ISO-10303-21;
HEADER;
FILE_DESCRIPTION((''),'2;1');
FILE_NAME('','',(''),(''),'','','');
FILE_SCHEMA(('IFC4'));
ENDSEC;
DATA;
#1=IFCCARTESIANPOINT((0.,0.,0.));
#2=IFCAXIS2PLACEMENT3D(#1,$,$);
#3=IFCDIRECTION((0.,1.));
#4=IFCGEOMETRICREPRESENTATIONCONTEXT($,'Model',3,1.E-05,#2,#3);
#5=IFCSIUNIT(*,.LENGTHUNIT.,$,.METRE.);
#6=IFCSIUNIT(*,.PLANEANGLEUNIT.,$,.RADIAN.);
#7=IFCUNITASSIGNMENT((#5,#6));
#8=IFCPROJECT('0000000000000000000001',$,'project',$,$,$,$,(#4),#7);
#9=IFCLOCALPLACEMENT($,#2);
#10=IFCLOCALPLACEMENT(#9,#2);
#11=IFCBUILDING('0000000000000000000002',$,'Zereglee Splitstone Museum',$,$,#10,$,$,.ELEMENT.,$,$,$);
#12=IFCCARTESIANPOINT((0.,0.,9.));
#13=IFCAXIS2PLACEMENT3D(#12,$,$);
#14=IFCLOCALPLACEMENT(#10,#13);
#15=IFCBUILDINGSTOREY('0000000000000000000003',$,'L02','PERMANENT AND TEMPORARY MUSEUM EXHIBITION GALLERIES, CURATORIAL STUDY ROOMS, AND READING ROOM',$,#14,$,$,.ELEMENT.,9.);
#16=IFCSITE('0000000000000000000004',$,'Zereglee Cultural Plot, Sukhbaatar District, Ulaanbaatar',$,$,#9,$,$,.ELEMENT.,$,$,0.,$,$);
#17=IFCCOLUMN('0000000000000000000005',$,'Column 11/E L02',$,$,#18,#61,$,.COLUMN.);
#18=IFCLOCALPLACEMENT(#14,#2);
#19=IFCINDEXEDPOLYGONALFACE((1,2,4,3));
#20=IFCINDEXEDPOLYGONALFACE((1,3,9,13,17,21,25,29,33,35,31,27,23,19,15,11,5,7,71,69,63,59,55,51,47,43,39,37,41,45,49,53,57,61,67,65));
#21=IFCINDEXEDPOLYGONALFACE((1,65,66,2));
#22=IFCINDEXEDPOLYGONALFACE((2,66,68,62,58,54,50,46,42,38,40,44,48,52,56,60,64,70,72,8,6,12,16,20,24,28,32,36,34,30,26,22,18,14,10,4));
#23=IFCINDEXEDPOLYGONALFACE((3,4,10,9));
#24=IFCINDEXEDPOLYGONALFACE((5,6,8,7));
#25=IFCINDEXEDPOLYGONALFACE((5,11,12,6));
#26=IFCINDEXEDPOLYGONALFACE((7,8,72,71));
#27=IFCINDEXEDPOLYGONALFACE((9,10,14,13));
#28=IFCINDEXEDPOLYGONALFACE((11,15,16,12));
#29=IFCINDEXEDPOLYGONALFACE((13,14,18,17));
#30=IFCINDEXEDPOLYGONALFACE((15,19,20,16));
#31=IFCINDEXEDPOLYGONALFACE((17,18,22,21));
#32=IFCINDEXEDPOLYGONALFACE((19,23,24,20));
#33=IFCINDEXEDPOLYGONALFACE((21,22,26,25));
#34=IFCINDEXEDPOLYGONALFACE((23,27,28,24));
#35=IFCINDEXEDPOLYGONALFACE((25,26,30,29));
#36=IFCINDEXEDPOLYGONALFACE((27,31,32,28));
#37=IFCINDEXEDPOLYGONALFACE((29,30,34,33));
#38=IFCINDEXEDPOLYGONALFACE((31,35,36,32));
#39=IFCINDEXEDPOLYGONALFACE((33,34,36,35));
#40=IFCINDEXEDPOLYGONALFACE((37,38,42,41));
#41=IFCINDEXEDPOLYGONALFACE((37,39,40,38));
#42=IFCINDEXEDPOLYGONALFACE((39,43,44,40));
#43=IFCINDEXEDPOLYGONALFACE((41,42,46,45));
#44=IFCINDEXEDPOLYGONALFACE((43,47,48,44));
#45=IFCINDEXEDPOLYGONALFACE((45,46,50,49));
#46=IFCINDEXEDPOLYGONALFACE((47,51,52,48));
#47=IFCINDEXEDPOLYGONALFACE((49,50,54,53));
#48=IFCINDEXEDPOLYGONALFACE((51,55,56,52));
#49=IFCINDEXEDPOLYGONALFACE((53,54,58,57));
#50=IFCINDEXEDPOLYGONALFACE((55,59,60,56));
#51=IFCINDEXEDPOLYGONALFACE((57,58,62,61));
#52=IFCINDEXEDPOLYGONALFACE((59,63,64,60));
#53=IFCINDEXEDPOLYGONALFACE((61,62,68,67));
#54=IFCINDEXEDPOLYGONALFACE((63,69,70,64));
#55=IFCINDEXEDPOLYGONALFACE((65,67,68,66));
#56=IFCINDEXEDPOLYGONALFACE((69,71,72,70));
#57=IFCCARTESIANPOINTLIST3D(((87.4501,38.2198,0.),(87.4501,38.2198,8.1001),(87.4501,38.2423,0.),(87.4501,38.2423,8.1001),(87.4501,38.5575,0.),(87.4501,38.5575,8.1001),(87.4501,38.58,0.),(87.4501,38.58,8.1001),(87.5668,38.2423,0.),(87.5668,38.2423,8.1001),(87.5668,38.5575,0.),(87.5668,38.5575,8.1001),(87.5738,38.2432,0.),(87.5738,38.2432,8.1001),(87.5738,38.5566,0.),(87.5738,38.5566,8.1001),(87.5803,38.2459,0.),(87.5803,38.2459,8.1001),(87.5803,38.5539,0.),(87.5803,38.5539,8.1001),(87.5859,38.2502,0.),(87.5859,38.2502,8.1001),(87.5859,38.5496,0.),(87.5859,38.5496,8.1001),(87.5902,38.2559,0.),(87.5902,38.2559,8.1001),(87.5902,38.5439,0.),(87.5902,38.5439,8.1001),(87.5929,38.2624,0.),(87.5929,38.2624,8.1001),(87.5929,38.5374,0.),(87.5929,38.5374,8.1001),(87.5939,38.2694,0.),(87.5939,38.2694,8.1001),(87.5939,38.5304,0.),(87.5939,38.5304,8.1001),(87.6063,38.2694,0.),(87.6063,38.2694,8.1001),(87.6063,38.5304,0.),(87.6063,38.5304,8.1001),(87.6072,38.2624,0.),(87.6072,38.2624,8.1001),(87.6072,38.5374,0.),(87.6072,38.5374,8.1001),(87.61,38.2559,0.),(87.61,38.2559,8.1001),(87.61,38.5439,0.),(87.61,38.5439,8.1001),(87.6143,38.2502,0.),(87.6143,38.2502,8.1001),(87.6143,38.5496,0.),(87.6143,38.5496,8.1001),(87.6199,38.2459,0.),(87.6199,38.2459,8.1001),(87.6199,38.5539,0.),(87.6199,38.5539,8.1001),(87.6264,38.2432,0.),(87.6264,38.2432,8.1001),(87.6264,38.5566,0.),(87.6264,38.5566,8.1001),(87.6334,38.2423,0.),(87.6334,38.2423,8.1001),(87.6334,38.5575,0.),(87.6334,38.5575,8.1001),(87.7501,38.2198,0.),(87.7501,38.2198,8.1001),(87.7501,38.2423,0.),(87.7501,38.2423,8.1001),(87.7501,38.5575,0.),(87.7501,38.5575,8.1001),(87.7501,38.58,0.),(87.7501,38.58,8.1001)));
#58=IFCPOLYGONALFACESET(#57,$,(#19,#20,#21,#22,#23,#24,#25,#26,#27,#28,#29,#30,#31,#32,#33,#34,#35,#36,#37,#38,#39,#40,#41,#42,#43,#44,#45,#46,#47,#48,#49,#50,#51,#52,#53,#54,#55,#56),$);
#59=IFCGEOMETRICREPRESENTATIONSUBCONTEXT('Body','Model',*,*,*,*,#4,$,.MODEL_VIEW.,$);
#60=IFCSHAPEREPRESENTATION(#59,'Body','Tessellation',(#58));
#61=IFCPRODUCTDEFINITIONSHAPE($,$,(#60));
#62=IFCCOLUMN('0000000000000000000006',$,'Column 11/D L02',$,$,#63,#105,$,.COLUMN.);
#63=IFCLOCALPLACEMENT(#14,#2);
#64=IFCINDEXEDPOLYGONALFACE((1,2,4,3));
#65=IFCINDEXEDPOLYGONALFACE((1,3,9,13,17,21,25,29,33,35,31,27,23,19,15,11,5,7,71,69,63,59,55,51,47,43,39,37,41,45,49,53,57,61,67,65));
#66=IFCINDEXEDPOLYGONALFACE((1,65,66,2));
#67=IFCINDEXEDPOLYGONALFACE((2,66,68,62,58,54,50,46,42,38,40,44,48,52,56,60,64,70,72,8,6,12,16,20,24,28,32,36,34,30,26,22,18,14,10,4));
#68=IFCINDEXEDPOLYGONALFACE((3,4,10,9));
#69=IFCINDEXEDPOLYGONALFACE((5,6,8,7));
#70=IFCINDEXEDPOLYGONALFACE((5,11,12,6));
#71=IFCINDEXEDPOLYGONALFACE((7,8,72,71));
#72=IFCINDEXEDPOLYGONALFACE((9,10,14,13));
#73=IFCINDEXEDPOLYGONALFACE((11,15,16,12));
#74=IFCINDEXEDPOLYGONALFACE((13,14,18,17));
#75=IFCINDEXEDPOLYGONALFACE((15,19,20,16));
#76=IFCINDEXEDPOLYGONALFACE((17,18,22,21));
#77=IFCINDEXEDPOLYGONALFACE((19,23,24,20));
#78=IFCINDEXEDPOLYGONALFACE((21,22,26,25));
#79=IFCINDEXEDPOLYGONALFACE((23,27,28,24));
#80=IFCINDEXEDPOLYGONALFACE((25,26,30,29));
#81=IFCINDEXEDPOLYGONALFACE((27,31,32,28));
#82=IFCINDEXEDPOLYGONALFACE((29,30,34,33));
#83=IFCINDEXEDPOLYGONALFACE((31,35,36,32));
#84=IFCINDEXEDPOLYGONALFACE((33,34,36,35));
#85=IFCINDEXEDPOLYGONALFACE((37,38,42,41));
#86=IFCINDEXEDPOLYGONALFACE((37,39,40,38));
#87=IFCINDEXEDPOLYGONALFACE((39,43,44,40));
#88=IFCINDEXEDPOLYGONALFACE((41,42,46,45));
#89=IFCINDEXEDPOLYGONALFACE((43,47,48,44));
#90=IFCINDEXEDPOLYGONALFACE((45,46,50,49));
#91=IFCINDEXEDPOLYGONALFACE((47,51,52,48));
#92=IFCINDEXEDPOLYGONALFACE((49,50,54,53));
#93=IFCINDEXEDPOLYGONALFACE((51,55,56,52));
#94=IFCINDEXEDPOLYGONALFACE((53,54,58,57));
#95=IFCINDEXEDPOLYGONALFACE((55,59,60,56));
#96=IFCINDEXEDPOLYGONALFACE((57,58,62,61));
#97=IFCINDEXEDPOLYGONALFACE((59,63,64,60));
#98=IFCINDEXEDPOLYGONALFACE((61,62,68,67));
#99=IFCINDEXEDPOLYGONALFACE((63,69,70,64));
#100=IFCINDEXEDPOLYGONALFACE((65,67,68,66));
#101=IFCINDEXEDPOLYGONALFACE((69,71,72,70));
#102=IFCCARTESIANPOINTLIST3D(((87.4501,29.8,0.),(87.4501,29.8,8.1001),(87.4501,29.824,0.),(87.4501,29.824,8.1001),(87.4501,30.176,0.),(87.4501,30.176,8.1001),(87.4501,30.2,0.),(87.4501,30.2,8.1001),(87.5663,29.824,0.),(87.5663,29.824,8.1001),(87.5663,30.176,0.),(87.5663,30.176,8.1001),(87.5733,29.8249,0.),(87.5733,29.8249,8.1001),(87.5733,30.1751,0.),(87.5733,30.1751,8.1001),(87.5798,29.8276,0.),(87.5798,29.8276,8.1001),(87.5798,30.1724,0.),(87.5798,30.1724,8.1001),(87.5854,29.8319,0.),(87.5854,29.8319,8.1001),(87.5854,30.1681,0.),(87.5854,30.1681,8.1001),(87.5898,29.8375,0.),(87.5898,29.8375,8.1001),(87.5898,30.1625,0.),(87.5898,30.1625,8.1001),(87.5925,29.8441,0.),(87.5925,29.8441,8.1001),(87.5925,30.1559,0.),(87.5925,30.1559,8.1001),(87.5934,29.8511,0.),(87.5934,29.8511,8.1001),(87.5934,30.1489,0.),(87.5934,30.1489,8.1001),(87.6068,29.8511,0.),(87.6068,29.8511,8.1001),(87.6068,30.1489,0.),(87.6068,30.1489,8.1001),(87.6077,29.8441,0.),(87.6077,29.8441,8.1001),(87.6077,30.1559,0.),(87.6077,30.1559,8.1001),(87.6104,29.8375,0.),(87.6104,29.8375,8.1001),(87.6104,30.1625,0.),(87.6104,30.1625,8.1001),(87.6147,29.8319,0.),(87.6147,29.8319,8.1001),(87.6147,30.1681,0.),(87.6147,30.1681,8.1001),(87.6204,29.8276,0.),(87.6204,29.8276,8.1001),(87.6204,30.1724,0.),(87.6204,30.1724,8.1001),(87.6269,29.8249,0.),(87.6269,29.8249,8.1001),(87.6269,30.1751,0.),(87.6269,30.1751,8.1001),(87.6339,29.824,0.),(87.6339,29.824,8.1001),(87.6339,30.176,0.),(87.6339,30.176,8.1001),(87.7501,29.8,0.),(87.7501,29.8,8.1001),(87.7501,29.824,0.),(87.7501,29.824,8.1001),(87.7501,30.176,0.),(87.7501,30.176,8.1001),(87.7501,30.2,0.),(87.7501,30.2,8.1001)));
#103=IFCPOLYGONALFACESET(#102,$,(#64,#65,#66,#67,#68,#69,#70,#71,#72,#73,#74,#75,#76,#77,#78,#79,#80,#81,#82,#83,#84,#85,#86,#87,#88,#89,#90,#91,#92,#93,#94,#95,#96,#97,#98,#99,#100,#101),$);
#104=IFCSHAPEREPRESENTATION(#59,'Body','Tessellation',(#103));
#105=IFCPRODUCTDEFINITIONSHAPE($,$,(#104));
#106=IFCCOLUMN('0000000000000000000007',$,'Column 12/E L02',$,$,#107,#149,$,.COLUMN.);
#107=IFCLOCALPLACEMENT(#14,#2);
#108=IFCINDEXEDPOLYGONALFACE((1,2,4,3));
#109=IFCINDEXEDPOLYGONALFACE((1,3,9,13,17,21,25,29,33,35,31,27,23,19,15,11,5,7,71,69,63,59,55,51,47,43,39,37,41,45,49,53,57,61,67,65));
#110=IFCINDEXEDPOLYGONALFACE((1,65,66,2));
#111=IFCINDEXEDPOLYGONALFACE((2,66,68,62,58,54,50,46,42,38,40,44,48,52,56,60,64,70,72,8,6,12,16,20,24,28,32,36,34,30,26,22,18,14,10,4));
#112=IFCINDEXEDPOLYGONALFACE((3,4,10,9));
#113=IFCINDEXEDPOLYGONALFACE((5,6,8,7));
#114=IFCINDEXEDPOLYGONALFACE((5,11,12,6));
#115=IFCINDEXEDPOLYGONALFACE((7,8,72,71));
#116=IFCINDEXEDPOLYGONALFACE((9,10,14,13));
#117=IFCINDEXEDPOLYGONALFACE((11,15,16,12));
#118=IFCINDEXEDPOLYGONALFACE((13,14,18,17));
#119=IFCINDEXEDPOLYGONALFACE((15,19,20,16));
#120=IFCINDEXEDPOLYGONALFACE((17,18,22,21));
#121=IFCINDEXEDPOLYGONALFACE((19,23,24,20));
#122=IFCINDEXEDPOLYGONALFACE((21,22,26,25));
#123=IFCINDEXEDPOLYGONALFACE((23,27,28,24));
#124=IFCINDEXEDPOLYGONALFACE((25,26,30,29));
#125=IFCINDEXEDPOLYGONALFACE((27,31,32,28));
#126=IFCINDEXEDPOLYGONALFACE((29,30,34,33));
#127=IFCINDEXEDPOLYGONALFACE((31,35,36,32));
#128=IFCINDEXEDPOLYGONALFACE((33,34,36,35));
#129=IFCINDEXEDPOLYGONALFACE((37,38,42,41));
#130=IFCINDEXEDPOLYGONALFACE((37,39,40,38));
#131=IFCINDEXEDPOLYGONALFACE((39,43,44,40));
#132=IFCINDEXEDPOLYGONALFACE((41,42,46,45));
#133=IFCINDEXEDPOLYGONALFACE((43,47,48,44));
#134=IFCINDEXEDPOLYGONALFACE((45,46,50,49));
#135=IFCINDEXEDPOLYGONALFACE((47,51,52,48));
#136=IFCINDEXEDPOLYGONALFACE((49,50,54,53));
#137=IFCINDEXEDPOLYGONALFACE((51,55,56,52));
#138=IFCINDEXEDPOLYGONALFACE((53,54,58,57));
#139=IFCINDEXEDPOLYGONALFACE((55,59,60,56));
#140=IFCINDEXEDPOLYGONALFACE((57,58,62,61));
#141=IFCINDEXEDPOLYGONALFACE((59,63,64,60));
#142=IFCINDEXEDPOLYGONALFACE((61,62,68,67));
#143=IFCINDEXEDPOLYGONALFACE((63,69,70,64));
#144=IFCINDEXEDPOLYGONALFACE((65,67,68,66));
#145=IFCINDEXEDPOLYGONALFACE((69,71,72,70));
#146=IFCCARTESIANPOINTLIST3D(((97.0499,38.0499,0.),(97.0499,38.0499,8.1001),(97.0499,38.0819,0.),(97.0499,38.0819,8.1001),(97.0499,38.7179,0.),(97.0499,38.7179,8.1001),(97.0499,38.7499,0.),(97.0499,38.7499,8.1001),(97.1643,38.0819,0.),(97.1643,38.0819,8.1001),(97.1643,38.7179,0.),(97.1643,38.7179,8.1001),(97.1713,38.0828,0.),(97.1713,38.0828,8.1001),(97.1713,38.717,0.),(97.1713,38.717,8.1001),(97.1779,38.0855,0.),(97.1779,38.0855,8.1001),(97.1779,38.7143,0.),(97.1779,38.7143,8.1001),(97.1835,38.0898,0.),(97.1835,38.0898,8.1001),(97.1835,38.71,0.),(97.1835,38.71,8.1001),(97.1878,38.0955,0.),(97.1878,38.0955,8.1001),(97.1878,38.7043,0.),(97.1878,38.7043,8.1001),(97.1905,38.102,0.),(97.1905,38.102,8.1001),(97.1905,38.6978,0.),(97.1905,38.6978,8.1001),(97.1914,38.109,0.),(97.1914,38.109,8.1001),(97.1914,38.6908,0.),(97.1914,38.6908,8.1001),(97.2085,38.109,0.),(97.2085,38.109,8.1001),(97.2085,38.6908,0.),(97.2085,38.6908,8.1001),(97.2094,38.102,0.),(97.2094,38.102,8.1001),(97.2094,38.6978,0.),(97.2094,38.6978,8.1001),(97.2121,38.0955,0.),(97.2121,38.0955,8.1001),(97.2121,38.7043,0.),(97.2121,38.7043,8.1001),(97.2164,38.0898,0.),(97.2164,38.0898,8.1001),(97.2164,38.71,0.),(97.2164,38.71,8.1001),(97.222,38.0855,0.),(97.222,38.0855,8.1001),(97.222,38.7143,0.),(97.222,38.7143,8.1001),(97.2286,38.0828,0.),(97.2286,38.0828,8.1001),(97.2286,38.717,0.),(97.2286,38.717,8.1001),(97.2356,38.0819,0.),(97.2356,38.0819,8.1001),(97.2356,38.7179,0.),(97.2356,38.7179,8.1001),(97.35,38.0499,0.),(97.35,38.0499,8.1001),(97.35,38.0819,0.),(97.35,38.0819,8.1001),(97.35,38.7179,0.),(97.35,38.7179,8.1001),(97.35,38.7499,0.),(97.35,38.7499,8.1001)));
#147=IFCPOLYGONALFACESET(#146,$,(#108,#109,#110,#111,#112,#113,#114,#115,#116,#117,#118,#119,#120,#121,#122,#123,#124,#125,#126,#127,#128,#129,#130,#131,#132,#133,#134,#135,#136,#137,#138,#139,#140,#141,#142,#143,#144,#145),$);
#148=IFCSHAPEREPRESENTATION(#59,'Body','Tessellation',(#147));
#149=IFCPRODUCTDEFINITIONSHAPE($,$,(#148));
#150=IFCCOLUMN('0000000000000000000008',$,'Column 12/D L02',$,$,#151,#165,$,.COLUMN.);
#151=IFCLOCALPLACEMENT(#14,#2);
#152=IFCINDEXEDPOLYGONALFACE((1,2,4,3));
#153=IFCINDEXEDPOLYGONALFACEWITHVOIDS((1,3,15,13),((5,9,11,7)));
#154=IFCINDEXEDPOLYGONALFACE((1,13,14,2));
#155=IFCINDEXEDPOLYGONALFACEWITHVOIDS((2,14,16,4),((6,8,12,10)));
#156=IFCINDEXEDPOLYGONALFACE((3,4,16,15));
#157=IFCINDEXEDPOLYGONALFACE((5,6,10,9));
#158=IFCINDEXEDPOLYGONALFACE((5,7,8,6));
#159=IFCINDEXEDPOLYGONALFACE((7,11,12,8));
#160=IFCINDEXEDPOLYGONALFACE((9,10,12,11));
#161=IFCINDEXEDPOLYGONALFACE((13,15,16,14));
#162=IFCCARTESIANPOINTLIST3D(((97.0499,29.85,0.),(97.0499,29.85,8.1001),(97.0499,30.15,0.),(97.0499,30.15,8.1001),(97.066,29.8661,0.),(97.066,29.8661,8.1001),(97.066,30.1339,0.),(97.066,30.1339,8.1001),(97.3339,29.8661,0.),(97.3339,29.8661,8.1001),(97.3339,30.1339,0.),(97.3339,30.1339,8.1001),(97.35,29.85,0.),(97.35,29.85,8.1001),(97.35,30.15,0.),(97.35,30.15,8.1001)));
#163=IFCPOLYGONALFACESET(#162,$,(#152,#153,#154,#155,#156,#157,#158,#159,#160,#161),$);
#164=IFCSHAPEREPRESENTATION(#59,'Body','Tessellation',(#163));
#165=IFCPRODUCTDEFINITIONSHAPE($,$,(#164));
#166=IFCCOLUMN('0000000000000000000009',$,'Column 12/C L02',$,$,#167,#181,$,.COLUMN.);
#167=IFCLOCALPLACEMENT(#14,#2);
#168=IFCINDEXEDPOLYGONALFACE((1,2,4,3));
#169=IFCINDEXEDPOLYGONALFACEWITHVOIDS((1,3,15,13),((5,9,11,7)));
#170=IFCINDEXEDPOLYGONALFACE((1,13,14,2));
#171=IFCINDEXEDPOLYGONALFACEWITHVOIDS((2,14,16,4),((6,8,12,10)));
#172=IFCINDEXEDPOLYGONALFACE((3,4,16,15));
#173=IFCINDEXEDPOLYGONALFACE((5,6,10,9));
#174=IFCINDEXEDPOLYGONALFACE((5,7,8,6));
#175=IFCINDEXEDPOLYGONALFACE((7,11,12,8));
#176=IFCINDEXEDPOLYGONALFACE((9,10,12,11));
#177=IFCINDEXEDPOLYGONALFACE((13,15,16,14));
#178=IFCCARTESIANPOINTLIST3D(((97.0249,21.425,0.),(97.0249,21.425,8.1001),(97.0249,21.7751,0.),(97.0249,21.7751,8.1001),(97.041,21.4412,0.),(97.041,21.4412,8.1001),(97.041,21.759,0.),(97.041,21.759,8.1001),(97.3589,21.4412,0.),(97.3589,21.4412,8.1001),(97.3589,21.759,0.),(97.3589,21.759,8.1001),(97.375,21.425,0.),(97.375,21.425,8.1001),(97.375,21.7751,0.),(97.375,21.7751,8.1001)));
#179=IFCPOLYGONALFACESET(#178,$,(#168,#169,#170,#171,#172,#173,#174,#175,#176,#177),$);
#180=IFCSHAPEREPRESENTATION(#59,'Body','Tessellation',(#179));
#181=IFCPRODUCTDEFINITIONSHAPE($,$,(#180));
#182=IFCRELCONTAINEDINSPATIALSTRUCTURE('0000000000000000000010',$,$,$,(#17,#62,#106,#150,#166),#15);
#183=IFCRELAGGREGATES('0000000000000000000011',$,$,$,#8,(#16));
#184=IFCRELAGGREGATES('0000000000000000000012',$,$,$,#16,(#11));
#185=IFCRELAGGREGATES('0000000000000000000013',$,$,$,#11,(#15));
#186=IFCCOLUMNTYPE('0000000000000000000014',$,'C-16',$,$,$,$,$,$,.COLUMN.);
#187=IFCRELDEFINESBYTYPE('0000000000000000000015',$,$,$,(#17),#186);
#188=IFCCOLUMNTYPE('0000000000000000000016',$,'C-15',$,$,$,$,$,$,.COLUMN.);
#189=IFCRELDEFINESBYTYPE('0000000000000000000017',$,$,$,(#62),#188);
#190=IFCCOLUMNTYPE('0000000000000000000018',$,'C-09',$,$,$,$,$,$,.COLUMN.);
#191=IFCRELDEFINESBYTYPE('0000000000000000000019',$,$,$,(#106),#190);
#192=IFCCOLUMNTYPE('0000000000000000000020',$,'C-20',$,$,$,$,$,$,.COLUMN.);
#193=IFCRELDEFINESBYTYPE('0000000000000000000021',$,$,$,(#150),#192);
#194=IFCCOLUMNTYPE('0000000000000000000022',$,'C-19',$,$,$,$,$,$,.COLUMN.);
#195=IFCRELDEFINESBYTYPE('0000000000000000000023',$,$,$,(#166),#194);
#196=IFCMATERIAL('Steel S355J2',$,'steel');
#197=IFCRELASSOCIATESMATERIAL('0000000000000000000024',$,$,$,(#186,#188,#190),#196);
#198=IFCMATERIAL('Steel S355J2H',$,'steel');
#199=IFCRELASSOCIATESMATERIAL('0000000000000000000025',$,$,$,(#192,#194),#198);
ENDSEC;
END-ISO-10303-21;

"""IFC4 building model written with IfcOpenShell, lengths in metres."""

from ifc_helpers import new_model, si_unit, direction, frame, origin, origin_2d, place, context, subcontext, project, spatial, hollow_rectangle, i_section, extrude, material, material_profile, profile_set, type_object, element, save


model = new_model("IFC4")

# Units and contexts
model_context = context("Model", 3, precision=1e-05, world=origin(), true_north=direction((0.0, 1.0)))
body_context = subcontext(model_context, "Body", "Model", "MODEL_VIEW")
ifc_project = project(units=[si_unit("LENGTHUNIT", "METRE"), si_unit("PLANEANGLEUNIT", "RADIAN")], contexts=[model_context])

# Site, building, storey
site_placement = place(None, origin())
site = spatial("IfcSite", under=ifc_project, at=site_placement, Name="Zereglee Cultural Plot, Sukhbaatar District, Ulaanbaatar", CompositionType="ELEMENT", RefElevation=0.0)
building_placement = place(site_placement, origin())
building = spatial("IfcBuilding", under=site, at=building_placement, Name="Zereglee Splitstone Museum", CompositionType="ELEMENT")
storey_placement = place(building_placement, frame((0.0, 0.0, 9.0)))
storey = spatial("IfcBuildingStorey", under=building, at=storey_placement, Name="L02", Description="PERMANENT AND TEMPORARY MUSEUM EXHIBITION GALLERIES, CURATORIAL STUDY ROOMS, AND READING ROOM", CompositionType="ELEMENT", Elevation=9.0)

# Columns
ifc_material_1 = material(Name="Steel S355J2", Category="steel")
ifc_material_profile_1 = material_profile(ifc_material_1, i_section(OverallWidth=0.3, OverallDepth=0.3601, WebThickness=0.0125, FlangeThickness=0.0225, FilletRadius=0.0271, at=origin_2d()), Name="HE 360 B")
ifc_profile_set_1 = profile_set([ifc_material_profile_1], Name="Steel S355J2")
column_type_1 = type_object("IfcColumnType", Name="C-16", PredefinedType="COLUMN", material=ifc_profile_set_1)
column_1_placement = place(storey_placement, frame((87.6001, 38.3999, 0.0), z_axis=(0.0, 0.0, 1.0), x_axis=(1.0, 0.0, 0.0)))
element("IfcColumn", 1, at=column_1_placement, inside=storey, type_object=column_type_1, Name="Column 11/E L02", PredefinedType="COLUMN", context=body_context, shape_type="SweptSolid", body=[
    extrude(i_section(OverallWidth=0.3, OverallDepth=0.3601, WebThickness=0.0125, FlangeThickness=0.0225, FilletRadius=0.0271, at=origin_2d()), origin(), (0.0, 0.0, 1.0), 8.1001),
])
ifc_material_profile_2 = material_profile(ifc_material_1, i_section(OverallWidth=0.3, OverallDepth=0.3999, WebThickness=0.0134, FlangeThickness=0.0239, FilletRadius=0.0271, at=origin_2d()), Name="HE 400 B")
ifc_profile_set_2 = profile_set([ifc_material_profile_2], Name="Steel S355J2")
column_type_2 = type_object("IfcColumnType", Name="C-15", PredefinedType="COLUMN", material=ifc_profile_set_2)
column_2_placement = place(storey_placement, frame((87.6001, 30.0, 0.0), z_axis=(0.0, 0.0, 1.0), x_axis=(1.0, 0.0, 0.0)))
element("IfcColumn", 2, at=column_2_placement, inside=storey, type_object=column_type_2, Name="Column 11/D L02", PredefinedType="COLUMN", context=body_context, shape_type="SweptSolid", body=[
    extrude(i_section(OverallWidth=0.3, OverallDepth=0.3999, WebThickness=0.0134, FlangeThickness=0.0239, FilletRadius=0.0271, at=origin_2d()), origin(), (0.0, 0.0, 1.0), 8.1001),
])
ifc_material_profile_3 = material_profile(ifc_material_1, i_section(OverallWidth=0.3, OverallDepth=0.7, WebThickness=0.0171, FlangeThickness=0.032, FilletRadius=0.0271, at=origin_2d()), Name="HE 700 B")
ifc_profile_set_3 = profile_set([ifc_material_profile_3], Name="Steel S355J2")
column_type_3 = type_object("IfcColumnType", Name="C-09", PredefinedType="COLUMN", material=ifc_profile_set_3)
column_3_placement = place(storey_placement, frame((97.2, 38.3999, 0.0), z_axis=(0.0, 0.0, 1.0), x_axis=(1.0, 0.0, 0.0)))
element("IfcColumn", 3, at=column_3_placement, inside=storey, type_object=column_type_3, Name="Column 12/E L02", PredefinedType="COLUMN", context=body_context, shape_type="SweptSolid", body=[
    extrude(i_section(OverallWidth=0.3, OverallDepth=0.7, WebThickness=0.0171, FlangeThickness=0.032, FilletRadius=0.0271, at=origin_2d()), origin(), (0.0, 0.0, 1.0), 8.1001),
])
ifc_material_2 = material(Name="Steel S355J2H", Category="steel")
ifc_material_profile_4 = material_profile(ifc_material_2, hollow_rectangle(XDim=0.3, YDim=0.3, WallThickness=0.0161, at=origin_2d()), Name="SHS 300x300x16")
ifc_profile_set_4 = profile_set([ifc_material_profile_4], Name="Steel S355J2H")
column_type_4 = type_object("IfcColumnType", Name="C-20", PredefinedType="COLUMN", material=ifc_profile_set_4)
column_4_placement = place(storey_placement, frame((97.2, 30.0, 0.0), z_axis=(0.0, 0.0, 1.0), x_axis=(1.0, 0.0, 0.0)))
element("IfcColumn", 4, at=column_4_placement, inside=storey, type_object=column_type_4, Name="Column 12/D L02", PredefinedType="COLUMN", context=body_context, shape_type="SweptSolid", body=[
    extrude(hollow_rectangle(XDim=0.3, YDim=0.3, WallThickness=0.0161, at=origin_2d()), origin(), (0.0, 0.0, 1.0), 8.1001),
])
ifc_material_profile_5 = material_profile(ifc_material_2, hollow_rectangle(XDim=0.3501, YDim=0.3501, WallThickness=0.0161, at=origin_2d()), Name="SHS 350x350x16")
ifc_profile_set_5 = profile_set([ifc_material_profile_5], Name="Steel S355J2H")
column_type_5 = type_object("IfcColumnType", Name="C-19", PredefinedType="COLUMN", material=ifc_profile_set_5)
column_5_placement = place(storey_placement, frame((97.2, 21.6001, 0.0), z_axis=(0.0, 0.0, 1.0), x_axis=(1.0, 0.0, 0.0)))
element("IfcColumn", 5, at=column_5_placement, inside=storey, type_object=column_type_5, Name="Column 12/C L02", PredefinedType="COLUMN", context=body_context, shape_type="SweptSolid", body=[
    extrude(hollow_rectangle(XDim=0.3501, YDim=0.3501, WallThickness=0.0161, at=origin_2d()), origin(), (0.0, 0.0, 1.0), 8.1001),
])

save(model, "model.ifc")
